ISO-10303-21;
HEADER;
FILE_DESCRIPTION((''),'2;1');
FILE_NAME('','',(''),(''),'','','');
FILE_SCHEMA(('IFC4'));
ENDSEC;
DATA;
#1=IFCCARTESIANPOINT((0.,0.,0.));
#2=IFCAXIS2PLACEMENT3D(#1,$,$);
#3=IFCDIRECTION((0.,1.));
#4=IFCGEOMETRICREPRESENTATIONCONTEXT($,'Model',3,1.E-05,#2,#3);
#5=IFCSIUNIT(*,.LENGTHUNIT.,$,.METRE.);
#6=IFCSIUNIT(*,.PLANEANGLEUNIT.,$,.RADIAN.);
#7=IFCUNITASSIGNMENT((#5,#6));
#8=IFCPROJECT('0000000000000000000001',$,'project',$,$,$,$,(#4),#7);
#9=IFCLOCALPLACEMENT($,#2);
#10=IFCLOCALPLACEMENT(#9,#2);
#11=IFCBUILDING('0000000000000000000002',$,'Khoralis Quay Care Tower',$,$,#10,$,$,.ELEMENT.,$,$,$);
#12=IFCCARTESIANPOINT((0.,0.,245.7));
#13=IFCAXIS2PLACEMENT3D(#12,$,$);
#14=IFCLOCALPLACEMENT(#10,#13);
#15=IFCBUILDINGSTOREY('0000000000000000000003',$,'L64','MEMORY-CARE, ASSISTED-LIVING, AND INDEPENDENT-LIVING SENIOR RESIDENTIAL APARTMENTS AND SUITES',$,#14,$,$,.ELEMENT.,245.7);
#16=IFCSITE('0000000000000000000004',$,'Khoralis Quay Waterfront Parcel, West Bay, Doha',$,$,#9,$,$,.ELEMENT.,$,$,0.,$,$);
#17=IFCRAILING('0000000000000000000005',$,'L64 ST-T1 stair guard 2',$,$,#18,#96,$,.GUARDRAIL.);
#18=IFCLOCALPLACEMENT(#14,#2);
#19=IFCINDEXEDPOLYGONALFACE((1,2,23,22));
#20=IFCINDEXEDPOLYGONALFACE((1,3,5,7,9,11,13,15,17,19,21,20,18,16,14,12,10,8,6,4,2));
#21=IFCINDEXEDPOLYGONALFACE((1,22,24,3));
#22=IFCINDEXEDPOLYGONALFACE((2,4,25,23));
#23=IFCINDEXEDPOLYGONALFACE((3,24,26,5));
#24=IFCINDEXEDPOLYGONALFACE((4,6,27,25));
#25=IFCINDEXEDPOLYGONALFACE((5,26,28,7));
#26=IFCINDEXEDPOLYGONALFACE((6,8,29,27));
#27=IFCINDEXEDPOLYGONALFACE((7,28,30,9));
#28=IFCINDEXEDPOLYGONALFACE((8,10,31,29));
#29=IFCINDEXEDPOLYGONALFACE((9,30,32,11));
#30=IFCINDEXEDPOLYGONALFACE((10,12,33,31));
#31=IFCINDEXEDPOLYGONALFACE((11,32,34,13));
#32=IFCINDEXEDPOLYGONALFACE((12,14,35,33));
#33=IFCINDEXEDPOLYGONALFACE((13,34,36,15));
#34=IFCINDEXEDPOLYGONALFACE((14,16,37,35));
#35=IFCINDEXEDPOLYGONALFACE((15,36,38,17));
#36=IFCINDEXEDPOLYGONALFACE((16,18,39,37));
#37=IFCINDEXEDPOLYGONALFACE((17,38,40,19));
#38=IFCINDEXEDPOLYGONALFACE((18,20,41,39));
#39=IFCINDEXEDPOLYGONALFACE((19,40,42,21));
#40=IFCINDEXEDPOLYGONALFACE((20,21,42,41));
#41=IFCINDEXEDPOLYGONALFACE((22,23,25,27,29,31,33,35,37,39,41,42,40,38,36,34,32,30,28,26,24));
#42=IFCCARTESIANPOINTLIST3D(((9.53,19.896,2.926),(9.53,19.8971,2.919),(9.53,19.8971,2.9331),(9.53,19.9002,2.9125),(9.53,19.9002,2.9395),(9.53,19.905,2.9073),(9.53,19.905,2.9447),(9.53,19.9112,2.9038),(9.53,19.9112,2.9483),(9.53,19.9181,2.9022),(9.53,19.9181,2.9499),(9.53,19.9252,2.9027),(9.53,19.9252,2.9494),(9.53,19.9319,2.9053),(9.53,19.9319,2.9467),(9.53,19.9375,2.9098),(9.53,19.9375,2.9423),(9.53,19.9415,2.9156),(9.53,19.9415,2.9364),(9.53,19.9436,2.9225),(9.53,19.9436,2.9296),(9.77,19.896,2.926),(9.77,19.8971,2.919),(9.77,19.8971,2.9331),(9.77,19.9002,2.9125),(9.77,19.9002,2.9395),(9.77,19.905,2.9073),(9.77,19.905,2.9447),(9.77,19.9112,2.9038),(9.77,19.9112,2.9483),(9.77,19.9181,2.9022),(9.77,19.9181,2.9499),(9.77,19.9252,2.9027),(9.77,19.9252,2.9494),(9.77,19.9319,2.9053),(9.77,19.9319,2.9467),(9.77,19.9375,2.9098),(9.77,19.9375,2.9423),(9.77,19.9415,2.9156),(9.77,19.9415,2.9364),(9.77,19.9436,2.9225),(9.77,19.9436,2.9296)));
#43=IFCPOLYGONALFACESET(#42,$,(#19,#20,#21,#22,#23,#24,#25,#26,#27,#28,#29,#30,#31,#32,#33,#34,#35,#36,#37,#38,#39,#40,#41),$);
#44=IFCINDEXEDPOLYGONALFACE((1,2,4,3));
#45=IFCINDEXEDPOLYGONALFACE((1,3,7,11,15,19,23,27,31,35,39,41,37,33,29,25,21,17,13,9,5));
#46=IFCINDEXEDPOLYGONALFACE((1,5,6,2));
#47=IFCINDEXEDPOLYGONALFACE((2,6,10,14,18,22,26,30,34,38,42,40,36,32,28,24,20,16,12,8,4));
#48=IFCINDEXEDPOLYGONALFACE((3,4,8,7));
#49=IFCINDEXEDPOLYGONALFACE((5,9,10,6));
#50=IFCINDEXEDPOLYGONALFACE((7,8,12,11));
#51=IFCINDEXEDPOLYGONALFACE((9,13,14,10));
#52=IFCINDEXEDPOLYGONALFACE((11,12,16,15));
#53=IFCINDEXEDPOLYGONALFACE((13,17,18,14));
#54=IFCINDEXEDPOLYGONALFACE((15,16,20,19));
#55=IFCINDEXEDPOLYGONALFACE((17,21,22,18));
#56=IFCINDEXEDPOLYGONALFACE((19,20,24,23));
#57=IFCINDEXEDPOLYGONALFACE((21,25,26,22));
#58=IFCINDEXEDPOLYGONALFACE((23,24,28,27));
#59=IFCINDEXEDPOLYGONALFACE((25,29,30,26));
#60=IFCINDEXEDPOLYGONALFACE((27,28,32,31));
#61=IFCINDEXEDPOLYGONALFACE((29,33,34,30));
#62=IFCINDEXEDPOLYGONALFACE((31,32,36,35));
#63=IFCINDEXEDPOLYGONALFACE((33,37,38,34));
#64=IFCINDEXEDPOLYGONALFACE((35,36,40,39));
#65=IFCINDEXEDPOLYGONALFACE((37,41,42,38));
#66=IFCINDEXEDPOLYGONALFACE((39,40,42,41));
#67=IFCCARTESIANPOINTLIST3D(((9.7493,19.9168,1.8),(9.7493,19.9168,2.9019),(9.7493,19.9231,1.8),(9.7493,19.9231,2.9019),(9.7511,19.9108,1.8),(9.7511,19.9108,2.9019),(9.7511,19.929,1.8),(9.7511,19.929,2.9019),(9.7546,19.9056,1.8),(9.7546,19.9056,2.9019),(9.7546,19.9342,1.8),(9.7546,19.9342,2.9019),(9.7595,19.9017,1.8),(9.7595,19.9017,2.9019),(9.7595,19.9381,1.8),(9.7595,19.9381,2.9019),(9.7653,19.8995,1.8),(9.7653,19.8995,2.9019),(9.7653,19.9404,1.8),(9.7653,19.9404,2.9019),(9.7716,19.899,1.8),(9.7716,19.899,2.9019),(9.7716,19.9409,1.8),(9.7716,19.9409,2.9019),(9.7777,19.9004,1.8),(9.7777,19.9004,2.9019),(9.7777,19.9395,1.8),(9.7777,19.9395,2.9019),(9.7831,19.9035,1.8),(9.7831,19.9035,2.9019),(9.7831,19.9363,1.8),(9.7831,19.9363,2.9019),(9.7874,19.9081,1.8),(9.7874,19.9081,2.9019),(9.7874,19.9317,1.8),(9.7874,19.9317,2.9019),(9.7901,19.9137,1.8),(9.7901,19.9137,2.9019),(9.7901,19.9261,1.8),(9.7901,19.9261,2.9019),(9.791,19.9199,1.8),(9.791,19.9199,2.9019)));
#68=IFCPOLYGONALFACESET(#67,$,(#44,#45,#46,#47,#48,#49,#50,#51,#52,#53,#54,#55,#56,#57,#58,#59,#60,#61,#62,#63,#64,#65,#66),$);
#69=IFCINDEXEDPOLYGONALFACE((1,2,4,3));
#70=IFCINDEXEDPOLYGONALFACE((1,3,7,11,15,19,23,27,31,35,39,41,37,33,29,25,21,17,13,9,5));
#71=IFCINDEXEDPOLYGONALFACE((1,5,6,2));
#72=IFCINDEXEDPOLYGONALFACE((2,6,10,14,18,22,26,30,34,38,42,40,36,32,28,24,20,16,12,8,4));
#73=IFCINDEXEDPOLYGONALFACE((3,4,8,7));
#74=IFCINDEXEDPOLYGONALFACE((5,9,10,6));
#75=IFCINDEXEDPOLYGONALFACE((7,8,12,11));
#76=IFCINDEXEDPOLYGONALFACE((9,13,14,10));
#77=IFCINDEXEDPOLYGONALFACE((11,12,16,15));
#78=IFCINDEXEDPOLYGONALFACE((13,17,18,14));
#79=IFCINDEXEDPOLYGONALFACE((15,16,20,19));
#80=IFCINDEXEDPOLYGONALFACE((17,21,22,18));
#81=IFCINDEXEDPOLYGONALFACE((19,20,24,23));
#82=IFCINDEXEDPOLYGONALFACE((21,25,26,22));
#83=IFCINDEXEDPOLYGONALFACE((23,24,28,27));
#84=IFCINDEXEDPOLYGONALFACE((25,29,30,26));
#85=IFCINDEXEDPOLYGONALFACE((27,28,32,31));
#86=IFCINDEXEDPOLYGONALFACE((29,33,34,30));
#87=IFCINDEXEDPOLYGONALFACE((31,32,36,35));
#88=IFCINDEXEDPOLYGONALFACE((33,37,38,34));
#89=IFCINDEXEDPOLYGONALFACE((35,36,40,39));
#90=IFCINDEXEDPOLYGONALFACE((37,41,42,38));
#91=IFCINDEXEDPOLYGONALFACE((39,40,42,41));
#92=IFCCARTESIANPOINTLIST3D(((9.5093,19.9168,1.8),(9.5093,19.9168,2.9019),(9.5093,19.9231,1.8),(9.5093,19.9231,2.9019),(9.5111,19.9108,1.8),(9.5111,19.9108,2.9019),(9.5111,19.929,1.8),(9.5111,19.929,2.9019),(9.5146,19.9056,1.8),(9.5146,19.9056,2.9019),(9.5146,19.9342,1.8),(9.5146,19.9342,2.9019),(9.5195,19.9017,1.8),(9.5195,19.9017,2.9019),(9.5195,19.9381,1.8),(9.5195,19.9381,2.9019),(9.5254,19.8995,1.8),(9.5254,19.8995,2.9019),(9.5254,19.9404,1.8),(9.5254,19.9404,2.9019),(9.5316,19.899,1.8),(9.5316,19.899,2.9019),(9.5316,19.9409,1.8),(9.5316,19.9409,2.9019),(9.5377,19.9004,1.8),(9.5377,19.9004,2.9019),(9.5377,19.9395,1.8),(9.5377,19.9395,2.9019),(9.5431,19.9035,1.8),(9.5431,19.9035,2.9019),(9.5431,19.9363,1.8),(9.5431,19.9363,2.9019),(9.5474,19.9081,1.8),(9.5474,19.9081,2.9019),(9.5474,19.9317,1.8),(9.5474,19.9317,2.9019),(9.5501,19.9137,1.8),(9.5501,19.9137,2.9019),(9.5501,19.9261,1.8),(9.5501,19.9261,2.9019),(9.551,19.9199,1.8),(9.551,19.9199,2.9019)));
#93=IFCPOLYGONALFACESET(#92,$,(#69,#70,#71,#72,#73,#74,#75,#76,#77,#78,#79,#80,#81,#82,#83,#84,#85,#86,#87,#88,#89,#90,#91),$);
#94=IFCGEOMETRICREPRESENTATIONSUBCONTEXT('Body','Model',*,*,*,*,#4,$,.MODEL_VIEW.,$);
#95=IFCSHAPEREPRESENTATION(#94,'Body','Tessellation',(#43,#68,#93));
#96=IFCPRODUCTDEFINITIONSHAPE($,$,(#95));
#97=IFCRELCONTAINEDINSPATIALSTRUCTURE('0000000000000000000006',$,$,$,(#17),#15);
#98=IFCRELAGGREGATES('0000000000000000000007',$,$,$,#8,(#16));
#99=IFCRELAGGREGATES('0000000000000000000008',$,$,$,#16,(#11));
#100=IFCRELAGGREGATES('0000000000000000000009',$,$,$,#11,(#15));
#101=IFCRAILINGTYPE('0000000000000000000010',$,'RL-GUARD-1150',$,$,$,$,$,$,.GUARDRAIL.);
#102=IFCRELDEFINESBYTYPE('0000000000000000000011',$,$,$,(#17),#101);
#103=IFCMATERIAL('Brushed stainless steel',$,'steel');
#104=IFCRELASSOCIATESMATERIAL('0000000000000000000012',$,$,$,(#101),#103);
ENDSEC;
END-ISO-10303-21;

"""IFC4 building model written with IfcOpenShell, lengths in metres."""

from ifc_helpers import new_model, si_unit, direction, frame, origin, origin_2d, place, context, subcontext, project, spatial, circle, extrude, material, type_object, element, save


model = new_model("IFC4")

# Units and contexts
model_context = context("Model", 3, precision=1e-05, world=origin(), true_north=direction((0.0, 1.0)))
body_context = subcontext(model_context, "Body", "Model", "MODEL_VIEW")
ifc_project = project(units=[si_unit("LENGTHUNIT", "METRE"), si_unit("PLANEANGLEUNIT", "RADIAN")], contexts=[model_context])

# Site, building, storey
site_placement = place(None, origin())
site = spatial("IfcSite", under=ifc_project, at=site_placement, Name="Khoralis Quay Waterfront Parcel, West Bay, Doha", CompositionType="ELEMENT", RefElevation=0.0)
building_placement = place(site_placement, origin())
building = spatial("IfcBuilding", under=site, at=building_placement, Name="Khoralis Quay Care Tower", CompositionType="ELEMENT")
storey_placement = place(building_placement, frame((0.0, 0.0, 245.7)))
storey = spatial("IfcBuildingStorey", under=building, at=storey_placement, Name="L64", Description="MEMORY-CARE, ASSISTED-LIVING, AND INDEPENDENT-LIVING SENIOR RESIDENTIAL APARTMENTS AND SUITES", CompositionType="ELEMENT", Elevation=245.7)

# Shared definitions
ifc_material_1 = material(Name="Brushed stainless steel", Category="steel")

# Railing
railing_type_1 = type_object("IfcRailingType", Name="RL-GUARD-1150", PredefinedType="GUARDRAIL", material=ifc_material_1)
railing_1_placement = place(storey_placement, frame((9.77, 19.9199, 1.8)))
element("IfcRailing", 1, at=railing_1_placement, inside=storey, type_object=railing_type_1, Name="L64 ST-T1 stair guard 2", PredefinedType="GUARDRAIL", context=body_context, shape_type="SweptSolid", body=[
    extrude(circle(Radius=0.0239, at=origin_2d()), frame((0.0, 0.0, 1.126), z_axis=(-1.0, 0.0, 0.0), x_axis=(0.0, -1.0, 0.0)), (0.0, 0.0, 1.0), 0.24),
    extrude(circle(Radius=0.021, at=origin_2d()), origin(), (0.0, 0.0, 1.0), 1.1018),
    extrude(circle(Radius=0.021, at=origin_2d()), frame((-0.24, 0.0, 0.0)), (0.0, 0.0, 1.0), 1.1018),
])

save(model, "model.ifc")
